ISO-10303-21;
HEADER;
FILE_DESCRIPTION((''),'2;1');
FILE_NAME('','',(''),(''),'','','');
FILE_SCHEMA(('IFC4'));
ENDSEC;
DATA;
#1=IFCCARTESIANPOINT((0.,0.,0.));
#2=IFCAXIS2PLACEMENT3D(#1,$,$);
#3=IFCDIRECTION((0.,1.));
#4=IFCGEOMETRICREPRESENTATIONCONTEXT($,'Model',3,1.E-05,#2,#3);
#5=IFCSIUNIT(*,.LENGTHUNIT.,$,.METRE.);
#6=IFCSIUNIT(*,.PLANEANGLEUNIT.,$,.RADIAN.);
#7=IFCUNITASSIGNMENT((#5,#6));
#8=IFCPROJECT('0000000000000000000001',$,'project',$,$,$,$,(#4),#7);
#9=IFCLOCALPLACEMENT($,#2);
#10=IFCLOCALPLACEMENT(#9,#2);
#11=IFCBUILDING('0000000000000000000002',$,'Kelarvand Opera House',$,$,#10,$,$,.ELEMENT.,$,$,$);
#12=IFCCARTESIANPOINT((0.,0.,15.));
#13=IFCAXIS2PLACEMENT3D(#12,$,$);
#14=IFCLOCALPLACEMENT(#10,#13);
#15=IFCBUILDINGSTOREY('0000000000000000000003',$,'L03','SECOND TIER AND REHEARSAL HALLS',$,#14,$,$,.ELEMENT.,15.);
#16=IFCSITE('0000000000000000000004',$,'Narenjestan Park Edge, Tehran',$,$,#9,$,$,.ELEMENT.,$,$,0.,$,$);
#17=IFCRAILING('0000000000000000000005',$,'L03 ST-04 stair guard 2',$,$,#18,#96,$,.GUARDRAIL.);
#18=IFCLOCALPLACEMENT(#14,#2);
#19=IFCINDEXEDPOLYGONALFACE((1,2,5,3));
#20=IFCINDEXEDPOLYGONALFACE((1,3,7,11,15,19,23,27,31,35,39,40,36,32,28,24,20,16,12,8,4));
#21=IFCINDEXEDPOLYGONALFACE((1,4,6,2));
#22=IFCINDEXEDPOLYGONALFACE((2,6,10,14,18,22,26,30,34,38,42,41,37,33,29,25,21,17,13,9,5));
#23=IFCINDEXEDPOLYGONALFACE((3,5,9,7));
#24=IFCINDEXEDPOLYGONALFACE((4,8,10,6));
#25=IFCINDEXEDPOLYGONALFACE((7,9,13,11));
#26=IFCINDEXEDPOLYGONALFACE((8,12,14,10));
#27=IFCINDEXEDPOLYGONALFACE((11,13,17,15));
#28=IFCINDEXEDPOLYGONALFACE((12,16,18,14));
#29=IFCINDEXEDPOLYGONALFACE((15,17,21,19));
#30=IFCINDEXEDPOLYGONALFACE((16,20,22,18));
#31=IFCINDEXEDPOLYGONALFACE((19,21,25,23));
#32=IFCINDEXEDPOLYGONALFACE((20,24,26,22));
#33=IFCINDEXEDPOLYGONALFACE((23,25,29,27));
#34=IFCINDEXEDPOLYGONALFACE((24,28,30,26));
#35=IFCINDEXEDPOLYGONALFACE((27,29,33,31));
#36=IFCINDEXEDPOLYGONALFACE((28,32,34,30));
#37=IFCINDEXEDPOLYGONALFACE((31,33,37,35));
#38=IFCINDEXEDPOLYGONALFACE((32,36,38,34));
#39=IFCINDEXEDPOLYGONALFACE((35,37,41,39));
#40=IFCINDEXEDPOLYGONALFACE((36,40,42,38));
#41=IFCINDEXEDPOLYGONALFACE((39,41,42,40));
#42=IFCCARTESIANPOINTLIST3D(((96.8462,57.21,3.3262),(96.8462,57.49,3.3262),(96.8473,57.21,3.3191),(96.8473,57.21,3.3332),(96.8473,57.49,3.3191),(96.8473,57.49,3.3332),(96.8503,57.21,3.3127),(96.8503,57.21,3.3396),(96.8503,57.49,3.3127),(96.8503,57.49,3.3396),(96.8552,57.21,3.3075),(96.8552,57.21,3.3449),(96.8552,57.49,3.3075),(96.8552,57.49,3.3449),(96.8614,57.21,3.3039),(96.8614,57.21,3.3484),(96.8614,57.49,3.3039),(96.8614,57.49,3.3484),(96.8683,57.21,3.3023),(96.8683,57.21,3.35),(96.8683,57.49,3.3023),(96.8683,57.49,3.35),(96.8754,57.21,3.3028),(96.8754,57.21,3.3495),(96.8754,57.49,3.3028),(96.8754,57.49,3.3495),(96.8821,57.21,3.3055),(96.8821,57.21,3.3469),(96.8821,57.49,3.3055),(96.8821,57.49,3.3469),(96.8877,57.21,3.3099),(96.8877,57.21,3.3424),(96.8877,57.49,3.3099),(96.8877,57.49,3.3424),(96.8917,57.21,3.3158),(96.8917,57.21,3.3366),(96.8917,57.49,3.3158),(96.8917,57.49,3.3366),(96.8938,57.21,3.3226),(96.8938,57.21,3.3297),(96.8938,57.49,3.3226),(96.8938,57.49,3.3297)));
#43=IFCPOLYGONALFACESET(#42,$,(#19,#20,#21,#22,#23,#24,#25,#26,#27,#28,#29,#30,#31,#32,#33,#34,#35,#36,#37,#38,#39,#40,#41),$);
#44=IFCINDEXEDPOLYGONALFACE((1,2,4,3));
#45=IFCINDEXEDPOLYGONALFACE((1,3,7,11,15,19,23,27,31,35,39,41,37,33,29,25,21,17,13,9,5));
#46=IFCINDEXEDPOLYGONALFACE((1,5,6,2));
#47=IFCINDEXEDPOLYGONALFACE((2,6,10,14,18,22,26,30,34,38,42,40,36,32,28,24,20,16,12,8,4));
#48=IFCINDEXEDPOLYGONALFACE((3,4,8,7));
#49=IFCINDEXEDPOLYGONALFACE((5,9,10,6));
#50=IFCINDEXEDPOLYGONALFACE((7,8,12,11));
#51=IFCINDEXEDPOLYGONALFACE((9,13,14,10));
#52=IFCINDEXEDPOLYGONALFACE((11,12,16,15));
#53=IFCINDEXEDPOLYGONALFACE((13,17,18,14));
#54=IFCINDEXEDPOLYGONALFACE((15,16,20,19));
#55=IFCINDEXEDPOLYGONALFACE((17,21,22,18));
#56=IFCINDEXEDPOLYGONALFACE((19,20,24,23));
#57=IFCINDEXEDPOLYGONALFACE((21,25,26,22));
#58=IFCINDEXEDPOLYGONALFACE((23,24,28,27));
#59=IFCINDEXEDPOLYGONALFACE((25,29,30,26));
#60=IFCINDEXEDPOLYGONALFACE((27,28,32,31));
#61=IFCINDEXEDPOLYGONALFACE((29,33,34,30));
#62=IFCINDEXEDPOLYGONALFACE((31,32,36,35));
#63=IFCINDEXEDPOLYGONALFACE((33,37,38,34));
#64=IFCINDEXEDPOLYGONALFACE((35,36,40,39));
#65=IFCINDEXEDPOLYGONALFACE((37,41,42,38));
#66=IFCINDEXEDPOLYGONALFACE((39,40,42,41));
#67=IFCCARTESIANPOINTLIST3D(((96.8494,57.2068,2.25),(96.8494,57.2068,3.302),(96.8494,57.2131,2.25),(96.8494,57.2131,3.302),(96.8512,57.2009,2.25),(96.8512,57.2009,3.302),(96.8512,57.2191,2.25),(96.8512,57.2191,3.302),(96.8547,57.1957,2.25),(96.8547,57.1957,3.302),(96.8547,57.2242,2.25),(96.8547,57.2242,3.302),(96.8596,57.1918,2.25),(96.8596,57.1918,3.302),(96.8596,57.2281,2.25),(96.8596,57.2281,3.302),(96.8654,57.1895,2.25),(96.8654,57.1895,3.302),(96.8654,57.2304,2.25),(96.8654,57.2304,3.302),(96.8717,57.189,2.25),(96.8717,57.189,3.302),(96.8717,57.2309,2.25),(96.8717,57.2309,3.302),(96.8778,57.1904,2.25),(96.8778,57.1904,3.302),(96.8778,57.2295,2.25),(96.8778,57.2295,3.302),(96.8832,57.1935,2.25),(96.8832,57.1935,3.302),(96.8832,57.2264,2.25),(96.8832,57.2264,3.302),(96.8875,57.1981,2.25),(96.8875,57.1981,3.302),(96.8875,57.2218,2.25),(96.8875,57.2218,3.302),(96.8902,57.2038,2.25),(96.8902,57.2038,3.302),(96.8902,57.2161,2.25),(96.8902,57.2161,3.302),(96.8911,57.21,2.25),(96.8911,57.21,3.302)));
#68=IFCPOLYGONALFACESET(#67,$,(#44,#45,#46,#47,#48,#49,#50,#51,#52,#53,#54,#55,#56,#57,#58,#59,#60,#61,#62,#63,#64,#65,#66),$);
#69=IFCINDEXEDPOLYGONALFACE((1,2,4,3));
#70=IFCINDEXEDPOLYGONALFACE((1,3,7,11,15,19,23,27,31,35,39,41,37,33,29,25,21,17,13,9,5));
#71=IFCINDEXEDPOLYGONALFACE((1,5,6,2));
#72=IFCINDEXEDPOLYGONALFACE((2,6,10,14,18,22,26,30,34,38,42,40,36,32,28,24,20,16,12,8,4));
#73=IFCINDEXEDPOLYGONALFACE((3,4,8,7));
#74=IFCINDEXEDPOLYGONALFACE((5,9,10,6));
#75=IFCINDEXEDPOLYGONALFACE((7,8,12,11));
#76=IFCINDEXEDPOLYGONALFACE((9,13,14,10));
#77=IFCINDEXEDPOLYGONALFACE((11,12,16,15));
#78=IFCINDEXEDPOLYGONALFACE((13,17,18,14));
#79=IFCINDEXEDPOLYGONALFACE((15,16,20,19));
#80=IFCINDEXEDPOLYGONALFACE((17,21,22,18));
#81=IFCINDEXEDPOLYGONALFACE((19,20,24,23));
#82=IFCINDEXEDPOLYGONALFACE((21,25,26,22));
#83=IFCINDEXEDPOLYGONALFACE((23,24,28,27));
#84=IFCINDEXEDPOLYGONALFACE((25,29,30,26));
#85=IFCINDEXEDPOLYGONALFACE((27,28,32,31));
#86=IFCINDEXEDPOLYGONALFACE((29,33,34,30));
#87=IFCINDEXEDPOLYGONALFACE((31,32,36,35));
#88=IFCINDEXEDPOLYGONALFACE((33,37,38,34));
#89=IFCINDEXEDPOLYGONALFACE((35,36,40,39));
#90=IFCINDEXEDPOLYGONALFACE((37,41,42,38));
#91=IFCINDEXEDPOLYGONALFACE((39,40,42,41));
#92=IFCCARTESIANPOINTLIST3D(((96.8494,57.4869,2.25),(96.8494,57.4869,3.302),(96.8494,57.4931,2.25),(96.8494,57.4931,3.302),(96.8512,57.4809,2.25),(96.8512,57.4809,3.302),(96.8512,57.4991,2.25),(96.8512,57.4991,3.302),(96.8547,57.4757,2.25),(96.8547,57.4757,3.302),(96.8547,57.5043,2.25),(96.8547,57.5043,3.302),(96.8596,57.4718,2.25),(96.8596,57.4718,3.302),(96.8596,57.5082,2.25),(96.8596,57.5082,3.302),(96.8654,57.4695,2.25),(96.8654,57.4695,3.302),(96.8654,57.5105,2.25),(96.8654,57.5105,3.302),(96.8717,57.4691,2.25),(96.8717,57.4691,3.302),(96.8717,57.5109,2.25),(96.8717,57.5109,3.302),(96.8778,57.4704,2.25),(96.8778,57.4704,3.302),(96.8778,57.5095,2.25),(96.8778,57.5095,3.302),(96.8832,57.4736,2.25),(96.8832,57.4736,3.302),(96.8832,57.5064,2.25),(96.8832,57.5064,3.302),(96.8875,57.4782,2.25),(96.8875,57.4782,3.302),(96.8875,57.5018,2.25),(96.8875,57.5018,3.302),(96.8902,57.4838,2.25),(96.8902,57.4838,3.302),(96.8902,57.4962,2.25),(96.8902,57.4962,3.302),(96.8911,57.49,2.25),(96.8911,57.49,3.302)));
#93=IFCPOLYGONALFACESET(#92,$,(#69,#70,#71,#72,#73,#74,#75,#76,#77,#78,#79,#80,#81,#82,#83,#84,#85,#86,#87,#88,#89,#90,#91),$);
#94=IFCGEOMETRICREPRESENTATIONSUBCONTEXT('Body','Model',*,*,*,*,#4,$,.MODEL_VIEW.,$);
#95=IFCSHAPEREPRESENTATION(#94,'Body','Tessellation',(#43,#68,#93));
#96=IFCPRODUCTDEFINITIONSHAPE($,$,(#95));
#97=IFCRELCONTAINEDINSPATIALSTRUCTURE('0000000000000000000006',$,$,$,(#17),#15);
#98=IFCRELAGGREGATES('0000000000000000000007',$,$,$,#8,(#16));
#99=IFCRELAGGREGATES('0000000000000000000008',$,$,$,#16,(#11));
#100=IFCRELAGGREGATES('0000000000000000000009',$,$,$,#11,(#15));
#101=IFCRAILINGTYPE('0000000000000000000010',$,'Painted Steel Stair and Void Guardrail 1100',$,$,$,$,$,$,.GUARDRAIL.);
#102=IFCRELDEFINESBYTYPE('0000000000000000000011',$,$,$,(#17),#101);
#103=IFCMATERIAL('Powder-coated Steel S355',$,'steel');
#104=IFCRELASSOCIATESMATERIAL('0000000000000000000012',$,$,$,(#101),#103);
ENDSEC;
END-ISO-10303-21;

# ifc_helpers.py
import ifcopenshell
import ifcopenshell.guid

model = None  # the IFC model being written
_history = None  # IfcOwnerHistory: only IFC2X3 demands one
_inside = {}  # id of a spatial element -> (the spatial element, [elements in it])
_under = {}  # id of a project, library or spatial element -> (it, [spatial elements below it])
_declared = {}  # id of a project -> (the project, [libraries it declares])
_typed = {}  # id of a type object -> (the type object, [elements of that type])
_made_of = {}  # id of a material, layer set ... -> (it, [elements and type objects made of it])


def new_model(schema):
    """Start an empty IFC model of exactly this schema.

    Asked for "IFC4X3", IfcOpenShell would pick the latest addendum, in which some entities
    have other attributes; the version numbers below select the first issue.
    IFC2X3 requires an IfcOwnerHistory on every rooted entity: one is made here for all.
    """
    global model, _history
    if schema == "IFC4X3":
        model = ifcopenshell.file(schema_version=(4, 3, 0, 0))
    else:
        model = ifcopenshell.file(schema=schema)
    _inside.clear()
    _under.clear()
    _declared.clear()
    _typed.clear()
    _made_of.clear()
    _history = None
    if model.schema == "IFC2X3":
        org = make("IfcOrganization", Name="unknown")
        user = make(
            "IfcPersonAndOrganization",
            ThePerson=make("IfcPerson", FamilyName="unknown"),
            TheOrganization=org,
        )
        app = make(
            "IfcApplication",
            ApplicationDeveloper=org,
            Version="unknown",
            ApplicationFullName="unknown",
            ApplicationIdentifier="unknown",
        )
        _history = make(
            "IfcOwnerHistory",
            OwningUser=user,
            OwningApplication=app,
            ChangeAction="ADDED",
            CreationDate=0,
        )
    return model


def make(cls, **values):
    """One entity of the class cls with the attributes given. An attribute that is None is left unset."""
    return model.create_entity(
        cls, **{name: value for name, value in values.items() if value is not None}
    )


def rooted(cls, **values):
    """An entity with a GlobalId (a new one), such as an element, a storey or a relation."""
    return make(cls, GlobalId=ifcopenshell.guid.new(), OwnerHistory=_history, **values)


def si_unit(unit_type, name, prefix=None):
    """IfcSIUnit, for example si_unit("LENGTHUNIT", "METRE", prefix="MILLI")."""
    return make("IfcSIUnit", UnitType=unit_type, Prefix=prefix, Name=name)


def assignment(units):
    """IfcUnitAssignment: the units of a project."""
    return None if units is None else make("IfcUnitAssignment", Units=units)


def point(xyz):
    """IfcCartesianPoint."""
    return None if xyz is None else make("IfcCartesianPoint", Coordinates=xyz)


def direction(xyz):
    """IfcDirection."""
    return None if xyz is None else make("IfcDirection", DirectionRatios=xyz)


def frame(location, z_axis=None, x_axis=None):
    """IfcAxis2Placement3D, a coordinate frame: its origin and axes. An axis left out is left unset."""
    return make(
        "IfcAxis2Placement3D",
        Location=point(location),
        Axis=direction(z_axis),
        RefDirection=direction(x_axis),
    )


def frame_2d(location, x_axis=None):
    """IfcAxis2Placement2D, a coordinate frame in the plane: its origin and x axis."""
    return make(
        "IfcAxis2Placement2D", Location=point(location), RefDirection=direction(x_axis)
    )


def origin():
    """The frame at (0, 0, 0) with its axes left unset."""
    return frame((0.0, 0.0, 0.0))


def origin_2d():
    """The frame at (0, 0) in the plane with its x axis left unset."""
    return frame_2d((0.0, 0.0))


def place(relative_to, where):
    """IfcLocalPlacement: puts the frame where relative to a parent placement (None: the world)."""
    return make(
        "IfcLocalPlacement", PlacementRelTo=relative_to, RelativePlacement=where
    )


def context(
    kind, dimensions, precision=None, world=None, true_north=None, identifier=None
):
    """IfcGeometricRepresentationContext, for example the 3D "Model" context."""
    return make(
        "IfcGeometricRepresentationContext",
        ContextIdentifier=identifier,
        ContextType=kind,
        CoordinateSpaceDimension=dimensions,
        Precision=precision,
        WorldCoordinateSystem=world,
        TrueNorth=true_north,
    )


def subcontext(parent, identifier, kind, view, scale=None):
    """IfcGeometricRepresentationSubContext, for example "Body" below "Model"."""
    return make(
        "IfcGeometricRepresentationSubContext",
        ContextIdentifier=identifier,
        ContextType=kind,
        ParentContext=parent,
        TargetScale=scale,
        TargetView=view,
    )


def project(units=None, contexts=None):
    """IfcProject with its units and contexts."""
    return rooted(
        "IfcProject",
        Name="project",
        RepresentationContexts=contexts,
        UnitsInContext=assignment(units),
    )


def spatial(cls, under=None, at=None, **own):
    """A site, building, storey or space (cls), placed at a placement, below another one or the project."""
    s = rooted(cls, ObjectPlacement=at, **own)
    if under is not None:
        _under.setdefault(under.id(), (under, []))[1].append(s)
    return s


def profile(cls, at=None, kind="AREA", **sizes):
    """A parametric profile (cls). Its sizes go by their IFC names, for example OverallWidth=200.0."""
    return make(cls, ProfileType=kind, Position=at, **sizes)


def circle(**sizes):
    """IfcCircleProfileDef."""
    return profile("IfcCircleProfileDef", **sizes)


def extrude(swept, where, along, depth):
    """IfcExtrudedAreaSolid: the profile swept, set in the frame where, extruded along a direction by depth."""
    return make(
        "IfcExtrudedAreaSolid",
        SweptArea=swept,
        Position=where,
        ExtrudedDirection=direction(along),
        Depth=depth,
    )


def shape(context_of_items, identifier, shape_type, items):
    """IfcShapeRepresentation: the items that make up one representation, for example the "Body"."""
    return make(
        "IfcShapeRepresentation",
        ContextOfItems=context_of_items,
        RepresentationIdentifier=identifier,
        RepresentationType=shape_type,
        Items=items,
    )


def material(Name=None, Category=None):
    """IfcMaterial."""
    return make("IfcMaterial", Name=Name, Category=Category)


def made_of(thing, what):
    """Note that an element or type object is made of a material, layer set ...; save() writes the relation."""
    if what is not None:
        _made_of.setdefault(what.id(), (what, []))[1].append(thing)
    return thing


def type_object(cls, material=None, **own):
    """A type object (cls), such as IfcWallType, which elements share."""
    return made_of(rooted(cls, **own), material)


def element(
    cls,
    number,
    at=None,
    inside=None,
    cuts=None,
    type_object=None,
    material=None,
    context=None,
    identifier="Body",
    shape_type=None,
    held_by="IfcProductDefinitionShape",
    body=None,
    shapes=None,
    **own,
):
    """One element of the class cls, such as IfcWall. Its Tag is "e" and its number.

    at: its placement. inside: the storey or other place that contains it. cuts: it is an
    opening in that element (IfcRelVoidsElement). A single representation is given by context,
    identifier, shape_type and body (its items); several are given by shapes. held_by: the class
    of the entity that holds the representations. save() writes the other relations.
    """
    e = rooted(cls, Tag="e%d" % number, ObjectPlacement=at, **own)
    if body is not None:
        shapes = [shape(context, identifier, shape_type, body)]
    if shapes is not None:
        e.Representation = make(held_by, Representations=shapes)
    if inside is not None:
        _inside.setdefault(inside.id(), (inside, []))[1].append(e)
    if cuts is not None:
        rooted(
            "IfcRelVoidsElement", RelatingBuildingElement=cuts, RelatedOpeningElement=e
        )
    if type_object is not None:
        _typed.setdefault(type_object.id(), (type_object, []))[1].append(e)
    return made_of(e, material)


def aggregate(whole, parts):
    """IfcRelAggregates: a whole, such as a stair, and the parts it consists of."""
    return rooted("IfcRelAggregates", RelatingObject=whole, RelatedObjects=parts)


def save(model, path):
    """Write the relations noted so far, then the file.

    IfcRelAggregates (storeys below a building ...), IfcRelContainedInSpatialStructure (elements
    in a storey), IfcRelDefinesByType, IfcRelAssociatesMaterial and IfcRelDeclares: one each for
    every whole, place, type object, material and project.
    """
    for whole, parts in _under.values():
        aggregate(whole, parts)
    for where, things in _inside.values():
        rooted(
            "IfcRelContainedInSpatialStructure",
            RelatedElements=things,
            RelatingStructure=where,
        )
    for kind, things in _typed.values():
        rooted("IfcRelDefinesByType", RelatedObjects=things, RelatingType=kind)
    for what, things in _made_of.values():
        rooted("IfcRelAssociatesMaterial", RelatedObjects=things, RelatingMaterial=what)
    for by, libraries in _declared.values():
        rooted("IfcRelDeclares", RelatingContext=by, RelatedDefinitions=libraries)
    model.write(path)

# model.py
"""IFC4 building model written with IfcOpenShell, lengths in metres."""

from ifc_helpers import new_model, si_unit, direction, frame, origin, origin_2d, place, context, subcontext, project, spatial, circle, extrude, material, type_object, element, save


model = new_model("IFC4")

# Units and contexts
model_context = context("Model", 3, precision=1e-05, world=origin(), true_north=direction((0.0, 1.0)))
body_context = subcontext(model_context, "Body", "Model", "MODEL_VIEW")
ifc_project = project(units=[si_unit("LENGTHUNIT", "METRE"), si_unit("PLANEANGLEUNIT", "RADIAN")], contexts=[model_context])

# Site, building, storey
site_placement = place(None, origin())
site = spatial("IfcSite", under=ifc_project, at=site_placement, Name="Narenjestan Park Edge, Tehran", CompositionType="ELEMENT", RefElevation=0.0)
building_placement = place(site_placement, origin())
building = spatial("IfcBuilding", under=site, at=building_placement, Name="Kelarvand Opera House", CompositionType="ELEMENT")
storey_placement = place(building_placement, frame((0.0, 0.0, 15.0)))
storey = spatial("IfcBuildingStorey", under=building, at=storey_placement, Name="L03", Description="SECOND TIER AND REHEARSAL HALLS", CompositionType="ELEMENT", Elevation=15.0)

# Railing
ifc_material_1 = material(Name="Powder-coated Steel S355", Category="steel")
railing_type_1 = type_object("IfcRailingType", Name="Painted Steel Stair and Void Guardrail 1100", PredefinedType="GUARDRAIL", material=ifc_material_1)
railing_1_placement = place(storey_placement, frame((96.8701, 57.21, 2.25)))
element("IfcRailing", 1, at=railing_1_placement, inside=storey, type_object=railing_type_1, Name="L03 ST-04 stair guard 2", PredefinedType="GUARDRAIL", context=body_context, shape_type="SweptSolid", body=[
    extrude(circle(Radius=0.0239, at=origin_2d()), frame((0.0, 0.0, 1.0762), z_axis=(0.0, 1.0, 0.0), x_axis=(-1.0, 0.0, 0.0)), (0.0, 0.0, 1.0), 0.28),
    extrude(circle(Radius=0.021, at=origin_2d()), origin(), (0.0, 0.0, 1.0), 1.052),
    extrude(circle(Radius=0.021, at=origin_2d()), frame((0.0, 0.28, 0.0)), (0.0, 0.0, 1.0), 1.052),
])

save(model, "model.ifc")
